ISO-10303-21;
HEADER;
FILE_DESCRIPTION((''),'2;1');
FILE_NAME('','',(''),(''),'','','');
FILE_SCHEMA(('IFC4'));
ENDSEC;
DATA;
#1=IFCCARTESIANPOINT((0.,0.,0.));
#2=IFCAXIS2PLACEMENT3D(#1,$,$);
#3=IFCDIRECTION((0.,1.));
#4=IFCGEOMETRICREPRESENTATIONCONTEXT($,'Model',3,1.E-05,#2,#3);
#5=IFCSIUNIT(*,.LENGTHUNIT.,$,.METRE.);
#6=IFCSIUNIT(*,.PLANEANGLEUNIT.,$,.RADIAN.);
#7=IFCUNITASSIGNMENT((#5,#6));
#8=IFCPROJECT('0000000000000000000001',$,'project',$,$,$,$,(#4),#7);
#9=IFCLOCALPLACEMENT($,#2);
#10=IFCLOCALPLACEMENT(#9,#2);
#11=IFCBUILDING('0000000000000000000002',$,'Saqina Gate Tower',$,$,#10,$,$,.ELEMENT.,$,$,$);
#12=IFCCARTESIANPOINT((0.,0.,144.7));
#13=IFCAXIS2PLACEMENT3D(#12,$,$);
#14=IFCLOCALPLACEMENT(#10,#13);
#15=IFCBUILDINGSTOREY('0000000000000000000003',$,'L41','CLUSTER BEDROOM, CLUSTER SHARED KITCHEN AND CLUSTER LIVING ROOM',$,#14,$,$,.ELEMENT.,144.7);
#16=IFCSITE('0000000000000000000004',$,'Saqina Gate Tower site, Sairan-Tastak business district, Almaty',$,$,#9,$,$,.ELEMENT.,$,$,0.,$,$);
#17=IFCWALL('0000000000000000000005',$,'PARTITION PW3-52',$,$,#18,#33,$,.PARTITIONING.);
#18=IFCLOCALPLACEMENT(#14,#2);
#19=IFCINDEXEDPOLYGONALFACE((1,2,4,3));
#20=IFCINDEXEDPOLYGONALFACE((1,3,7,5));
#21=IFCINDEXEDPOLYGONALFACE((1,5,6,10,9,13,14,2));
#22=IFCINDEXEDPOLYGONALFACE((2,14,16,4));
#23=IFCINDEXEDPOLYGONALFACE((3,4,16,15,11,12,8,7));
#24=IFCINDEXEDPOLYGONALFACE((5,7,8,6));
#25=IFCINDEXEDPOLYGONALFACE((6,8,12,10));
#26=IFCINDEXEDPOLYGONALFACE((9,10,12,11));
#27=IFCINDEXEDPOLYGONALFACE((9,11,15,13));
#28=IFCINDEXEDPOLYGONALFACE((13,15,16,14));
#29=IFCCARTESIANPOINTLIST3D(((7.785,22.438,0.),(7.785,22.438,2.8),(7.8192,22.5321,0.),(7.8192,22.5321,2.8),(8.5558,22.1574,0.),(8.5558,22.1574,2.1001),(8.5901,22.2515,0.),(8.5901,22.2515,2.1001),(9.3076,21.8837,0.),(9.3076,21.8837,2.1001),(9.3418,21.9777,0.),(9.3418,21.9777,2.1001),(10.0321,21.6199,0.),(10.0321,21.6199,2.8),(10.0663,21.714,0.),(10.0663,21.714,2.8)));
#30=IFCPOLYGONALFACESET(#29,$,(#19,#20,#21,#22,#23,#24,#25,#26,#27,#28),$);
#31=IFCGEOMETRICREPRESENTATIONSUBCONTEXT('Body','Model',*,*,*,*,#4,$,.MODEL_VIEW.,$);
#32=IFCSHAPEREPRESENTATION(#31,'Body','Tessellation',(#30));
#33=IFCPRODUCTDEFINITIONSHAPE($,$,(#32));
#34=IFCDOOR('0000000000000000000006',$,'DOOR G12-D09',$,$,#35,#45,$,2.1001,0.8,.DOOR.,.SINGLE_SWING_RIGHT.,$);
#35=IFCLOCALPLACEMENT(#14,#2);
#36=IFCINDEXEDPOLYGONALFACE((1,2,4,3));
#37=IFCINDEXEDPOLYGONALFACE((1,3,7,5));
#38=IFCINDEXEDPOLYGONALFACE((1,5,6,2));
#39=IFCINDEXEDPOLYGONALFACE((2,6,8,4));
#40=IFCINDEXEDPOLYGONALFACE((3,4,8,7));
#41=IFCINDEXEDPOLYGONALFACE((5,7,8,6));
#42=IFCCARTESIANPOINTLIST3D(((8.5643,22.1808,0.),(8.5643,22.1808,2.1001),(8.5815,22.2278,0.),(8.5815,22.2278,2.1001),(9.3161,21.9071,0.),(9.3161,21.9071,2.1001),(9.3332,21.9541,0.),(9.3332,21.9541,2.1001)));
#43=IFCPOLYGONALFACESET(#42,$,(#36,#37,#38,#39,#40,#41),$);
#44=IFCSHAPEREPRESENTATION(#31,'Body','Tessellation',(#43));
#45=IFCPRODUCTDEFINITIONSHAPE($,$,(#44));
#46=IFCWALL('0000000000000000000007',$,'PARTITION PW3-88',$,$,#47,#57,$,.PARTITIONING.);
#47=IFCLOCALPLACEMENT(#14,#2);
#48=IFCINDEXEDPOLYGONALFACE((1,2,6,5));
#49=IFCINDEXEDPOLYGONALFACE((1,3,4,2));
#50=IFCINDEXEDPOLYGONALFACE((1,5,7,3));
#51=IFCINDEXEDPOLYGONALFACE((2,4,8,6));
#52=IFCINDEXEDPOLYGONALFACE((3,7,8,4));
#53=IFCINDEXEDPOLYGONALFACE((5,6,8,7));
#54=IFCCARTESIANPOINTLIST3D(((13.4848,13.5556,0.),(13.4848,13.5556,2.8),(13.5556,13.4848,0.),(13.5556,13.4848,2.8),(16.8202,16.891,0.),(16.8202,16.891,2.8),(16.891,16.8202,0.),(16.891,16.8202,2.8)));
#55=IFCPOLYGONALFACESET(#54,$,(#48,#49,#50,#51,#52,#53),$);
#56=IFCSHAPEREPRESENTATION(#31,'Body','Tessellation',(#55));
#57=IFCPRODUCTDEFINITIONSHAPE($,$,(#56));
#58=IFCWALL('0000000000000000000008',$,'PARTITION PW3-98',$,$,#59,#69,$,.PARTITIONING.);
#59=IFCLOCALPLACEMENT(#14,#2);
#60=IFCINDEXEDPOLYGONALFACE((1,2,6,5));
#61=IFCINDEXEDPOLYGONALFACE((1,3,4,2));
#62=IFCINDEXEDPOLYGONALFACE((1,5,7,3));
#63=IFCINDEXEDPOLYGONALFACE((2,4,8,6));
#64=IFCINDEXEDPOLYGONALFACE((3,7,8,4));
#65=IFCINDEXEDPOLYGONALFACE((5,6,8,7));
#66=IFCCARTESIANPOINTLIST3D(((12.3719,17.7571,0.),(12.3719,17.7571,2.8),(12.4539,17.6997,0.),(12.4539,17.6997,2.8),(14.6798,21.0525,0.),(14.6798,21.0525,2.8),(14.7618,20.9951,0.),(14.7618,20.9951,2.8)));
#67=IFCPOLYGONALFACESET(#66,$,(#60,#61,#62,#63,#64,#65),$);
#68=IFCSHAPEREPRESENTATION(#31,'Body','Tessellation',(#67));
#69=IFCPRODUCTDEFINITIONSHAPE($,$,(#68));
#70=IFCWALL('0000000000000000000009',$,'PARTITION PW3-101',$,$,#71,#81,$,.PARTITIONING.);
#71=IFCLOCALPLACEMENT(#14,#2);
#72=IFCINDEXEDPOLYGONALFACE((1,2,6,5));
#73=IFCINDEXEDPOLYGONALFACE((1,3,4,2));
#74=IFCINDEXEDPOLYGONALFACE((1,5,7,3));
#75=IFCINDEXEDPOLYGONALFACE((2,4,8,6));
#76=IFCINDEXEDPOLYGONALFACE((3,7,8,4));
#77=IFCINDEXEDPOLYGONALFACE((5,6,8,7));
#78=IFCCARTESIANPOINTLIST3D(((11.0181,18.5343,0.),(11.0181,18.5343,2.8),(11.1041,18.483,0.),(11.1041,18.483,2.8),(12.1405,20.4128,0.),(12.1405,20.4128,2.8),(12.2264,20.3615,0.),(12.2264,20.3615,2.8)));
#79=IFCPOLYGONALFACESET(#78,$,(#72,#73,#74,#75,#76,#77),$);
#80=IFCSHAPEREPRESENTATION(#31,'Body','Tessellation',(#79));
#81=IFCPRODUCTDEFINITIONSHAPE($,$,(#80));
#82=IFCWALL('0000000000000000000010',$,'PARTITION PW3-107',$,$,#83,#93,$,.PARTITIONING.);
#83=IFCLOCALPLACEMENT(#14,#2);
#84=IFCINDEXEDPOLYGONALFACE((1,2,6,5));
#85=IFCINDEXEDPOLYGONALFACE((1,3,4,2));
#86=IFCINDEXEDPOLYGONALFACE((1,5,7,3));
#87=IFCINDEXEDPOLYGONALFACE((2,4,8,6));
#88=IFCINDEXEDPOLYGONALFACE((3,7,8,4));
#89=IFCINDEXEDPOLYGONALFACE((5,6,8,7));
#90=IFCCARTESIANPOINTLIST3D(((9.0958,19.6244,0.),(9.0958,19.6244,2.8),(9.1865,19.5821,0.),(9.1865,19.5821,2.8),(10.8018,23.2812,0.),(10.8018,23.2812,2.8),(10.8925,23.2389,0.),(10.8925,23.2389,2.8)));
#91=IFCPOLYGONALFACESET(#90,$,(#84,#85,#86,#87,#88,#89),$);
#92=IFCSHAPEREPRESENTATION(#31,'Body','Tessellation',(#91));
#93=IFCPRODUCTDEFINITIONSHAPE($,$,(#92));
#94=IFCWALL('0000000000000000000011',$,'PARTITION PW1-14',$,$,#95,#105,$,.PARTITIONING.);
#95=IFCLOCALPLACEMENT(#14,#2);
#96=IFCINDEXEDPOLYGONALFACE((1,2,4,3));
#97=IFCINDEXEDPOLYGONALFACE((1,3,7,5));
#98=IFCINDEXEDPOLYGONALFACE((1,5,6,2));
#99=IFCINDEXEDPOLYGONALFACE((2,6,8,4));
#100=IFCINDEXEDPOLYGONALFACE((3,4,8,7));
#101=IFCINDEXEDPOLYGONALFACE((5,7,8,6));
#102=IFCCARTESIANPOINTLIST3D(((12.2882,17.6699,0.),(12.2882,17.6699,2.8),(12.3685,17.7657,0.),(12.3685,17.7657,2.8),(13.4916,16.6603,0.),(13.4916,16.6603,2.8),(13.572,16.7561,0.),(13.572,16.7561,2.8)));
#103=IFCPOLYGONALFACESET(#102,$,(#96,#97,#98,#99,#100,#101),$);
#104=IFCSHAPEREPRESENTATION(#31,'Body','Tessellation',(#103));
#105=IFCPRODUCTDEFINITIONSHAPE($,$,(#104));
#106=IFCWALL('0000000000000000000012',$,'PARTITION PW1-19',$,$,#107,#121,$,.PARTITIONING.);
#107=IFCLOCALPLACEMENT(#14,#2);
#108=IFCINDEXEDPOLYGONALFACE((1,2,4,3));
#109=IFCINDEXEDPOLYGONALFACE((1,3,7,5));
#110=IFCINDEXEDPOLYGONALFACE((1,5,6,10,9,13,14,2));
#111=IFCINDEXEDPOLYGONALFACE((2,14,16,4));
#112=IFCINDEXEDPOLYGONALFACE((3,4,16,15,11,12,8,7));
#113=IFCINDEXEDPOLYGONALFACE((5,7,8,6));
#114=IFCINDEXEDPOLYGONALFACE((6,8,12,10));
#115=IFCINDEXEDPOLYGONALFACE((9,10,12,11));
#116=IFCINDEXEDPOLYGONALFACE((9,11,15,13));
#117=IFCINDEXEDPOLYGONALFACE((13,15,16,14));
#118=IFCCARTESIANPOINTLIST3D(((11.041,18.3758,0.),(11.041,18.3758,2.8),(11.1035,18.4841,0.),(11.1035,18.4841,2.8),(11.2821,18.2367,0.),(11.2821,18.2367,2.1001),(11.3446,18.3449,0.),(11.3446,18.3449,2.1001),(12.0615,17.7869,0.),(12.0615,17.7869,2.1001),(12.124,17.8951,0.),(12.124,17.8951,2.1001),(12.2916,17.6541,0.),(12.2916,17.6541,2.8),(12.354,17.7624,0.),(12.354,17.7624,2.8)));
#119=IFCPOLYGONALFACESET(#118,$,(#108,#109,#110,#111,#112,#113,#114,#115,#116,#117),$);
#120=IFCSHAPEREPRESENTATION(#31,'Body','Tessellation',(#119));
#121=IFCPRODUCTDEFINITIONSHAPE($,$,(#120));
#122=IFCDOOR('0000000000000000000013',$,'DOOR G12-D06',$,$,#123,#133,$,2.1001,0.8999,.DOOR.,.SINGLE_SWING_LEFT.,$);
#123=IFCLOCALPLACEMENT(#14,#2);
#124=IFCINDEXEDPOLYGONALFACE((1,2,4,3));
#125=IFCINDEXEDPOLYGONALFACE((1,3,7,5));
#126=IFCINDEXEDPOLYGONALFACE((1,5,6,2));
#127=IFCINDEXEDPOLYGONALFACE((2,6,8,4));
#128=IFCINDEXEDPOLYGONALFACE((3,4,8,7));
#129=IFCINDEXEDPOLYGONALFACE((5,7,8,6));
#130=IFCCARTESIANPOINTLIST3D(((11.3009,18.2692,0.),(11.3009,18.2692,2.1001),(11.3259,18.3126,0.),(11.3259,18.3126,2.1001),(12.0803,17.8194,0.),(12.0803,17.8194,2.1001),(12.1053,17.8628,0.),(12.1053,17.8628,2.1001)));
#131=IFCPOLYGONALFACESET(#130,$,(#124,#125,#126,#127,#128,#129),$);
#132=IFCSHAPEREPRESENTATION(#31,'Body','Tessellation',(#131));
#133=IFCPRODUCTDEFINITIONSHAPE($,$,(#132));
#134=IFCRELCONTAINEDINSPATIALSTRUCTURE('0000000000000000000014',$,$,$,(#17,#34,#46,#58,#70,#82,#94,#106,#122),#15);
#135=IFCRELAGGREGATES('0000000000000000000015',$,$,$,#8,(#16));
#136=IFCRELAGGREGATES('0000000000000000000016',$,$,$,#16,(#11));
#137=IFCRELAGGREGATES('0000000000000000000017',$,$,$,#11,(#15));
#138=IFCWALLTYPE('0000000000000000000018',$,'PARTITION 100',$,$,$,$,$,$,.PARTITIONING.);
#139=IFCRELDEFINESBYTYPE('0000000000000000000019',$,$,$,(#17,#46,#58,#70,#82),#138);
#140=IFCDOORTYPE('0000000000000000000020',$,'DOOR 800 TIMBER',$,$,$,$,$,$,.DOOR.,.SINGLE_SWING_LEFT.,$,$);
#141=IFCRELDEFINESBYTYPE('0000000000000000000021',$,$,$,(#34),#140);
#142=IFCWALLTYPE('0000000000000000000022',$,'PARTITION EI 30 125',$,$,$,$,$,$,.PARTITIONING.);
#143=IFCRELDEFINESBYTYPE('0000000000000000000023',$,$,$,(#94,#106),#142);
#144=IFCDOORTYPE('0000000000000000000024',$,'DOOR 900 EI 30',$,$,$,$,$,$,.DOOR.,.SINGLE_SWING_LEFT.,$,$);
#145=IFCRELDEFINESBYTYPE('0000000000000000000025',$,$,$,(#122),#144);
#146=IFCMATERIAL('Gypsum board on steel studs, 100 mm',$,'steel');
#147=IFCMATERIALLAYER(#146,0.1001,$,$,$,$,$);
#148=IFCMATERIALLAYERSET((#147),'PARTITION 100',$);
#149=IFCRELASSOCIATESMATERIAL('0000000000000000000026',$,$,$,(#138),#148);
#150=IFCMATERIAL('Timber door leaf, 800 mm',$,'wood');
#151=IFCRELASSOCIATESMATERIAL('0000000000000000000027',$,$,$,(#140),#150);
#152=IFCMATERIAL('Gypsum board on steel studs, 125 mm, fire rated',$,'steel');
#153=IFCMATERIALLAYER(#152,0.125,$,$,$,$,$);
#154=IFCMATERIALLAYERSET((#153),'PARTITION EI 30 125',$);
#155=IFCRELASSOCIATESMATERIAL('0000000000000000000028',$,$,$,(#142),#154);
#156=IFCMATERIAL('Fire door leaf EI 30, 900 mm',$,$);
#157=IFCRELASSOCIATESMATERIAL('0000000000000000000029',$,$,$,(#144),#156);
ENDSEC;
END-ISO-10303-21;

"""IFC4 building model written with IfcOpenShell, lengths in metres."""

from ifc_helpers import new_model, si_unit, direction, frame, frame_2d, origin, place, context, subcontext, project, spatial, rectangle, extrude, material, layer, layer_set, type_object, element, fill, save


model = new_model("IFC4")

# Units and contexts
model_context = context("Model", 3, precision=1e-05, world=origin(), true_north=direction((0.0, 1.0)))
body_context = subcontext(model_context, "Body", "Model", "MODEL_VIEW")
ifc_project = project(units=[si_unit("LENGTHUNIT", "METRE"), si_unit("PLANEANGLEUNIT", "RADIAN")], contexts=[model_context])

# Site, building, storey
site_placement = place(None, origin())
site = spatial("IfcSite", under=ifc_project, at=site_placement, Name="Saqina Gate Tower site, Sairan-Tastak business district, Almaty", CompositionType="ELEMENT", RefElevation=0.0)
building_placement = place(site_placement, origin())
building = spatial("IfcBuilding", under=site, at=building_placement, Name="Saqina Gate Tower", CompositionType="ELEMENT")
storey_placement = place(building_placement, frame((0.0, 0.0, 144.7)))
storey = spatial("IfcBuildingStorey", under=building, at=storey_placement, Name="L41", Description="CLUSTER BEDROOM, CLUSTER SHARED KITCHEN AND CLUSTER LIVING ROOM", CompositionType="ELEMENT", Elevation=144.7)

# Shared definitions
ifc_material_1 = material(Name="Gypsum board on steel studs, 100 mm", Category="steel")
ifc_layer_1 = layer(ifc_material_1, 0.1001)
ifc_layer_set_1 = layer_set([ifc_layer_1], Name="PARTITION 100")
wall_type_1 = type_object("IfcWallType", Name="PARTITION 100", PredefinedType="PARTITIONING", material=ifc_layer_set_1)

# Wall, opening, door
ifc_material_2 = material(Name="Timber door leaf, 800 mm", Category="wood")
door_type_1 = type_object("IfcDoorType", Name="DOOR 800 TIMBER", OperationType="SINGLE_SWING_LEFT", PredefinedType="DOOR", material=ifc_material_2)
wall_1_placement = place(storey_placement, frame((7.802, 22.4851, 0.0), z_axis=(0.0, 0.0, 1.0), x_axis=(0.939659, -0.342112, 0.0)))
wall_1 = element("IfcWall", 1, at=wall_1_placement, inside=storey, type_object=wall_type_1, Name="PARTITION PW3-52", PredefinedType="PARTITIONING", context=body_context, shape_type="SweptSolid", body=[
    extrude(rectangle(XDim=2.3914, YDim=0.1001, at=frame_2d((1.1958, 0.0))), origin(), (0.0, 0.0, 1.0), 2.8),
])
opening_1_placement = place(wall_1_placement, frame((0.8206, 0.0, 0.0)))
opening_1 = element("IfcOpeningElement", 2, at=opening_1_placement, cuts=wall_1, PredefinedType="OPENING", context=body_context, shape_type="SweptSolid", body=[
    extrude(rectangle(XDim=0.8, YDim=2.1001, at=frame_2d((0.3999, 1.05))), frame((0.0, 0.062, 0.0), z_axis=(0.0, -1.0, 0.0), x_axis=(1.0, 0.0, 0.0)), (0.0, 0.0, 1.0), 0.124),
])
door_1_placement = place(opening_1_placement, origin())
door_1 = element("IfcDoor", 3, at=door_1_placement, inside=storey, type_object=door_type_1, Name="DOOR G12-D09", OperationType="SINGLE_SWING_RIGHT", OverallHeight=2.1001, OverallWidth=0.8, PredefinedType="DOOR", context=body_context, shape_type="SweptSolid", body=[
    extrude(rectangle(XDim=0.8, YDim=2.1001, at=frame_2d((0.3999, 1.05))), frame((0.0, 0.0249, 0.0), z_axis=(0.0, -1.0, 0.0), x_axis=(1.0, 0.0, 0.0)), (0.0, 0.0, 1.0), 0.05),
])
fill(opening_1, door_1)

# Walls
wall_2_placement = place(storey_placement, frame((13.5203, 13.5203, 0.0), z_axis=(0.0, 0.0, 1.0), x_axis=(0.707107, 0.707107, 0.0)))
element("IfcWall", 4, at=wall_2_placement, inside=storey, type_object=wall_type_1, Name="PARTITION PW3-88", PredefinedType="PARTITIONING", context=body_context, shape_type="SweptSolid", body=[
    extrude(rectangle(XDim=4.717, YDim=0.1001, at=frame_2d((2.3584, 0.0))), origin(), (0.0, 0.0, 1.0), 2.8),
])
wall_3_placement = place(storey_placement, frame((12.4128, 17.7283, 0.0), z_axis=(0.0, 0.0, 1.0), x_axis=(0.573642, 0.819106, 0.0)))
element("IfcWall", 5, at=wall_3_placement, inside=storey, type_object=wall_type_1, Name="PARTITION PW3-98", PredefinedType="PARTITIONING", context=body_context, shape_type="SweptSolid", body=[
    extrude(rectangle(XDim=4.0232, YDim=0.1001, at=frame_2d((2.0117, 0.0))), origin(), (0.0, 0.0, 1.0), 2.8),
])
wall_4_placement = place(storey_placement, frame((11.061, 18.5085, 0.0), z_axis=(0.0, 0.0, 1.0), x_axis=(0.512903, 0.858446, 0.0)))
element("IfcWall", 6, at=wall_4_placement, inside=storey, type_object=wall_type_1, Name="PARTITION PW3-101", PredefinedType="PARTITIONING", context=body_context, shape_type="SweptSolid", body=[
    extrude(rectangle(XDim=2.1882, YDim=0.1001, at=frame_2d((1.0942, 0.0))), origin(), (0.0, 0.0, 1.0), 2.8),
])
wall_5_placement = place(storey_placement, frame((9.1411, 19.6033, 0.0), z_axis=(0.0, 0.0, 1.0), x_axis=(0.422799, 0.906223, 0.0)))
element("IfcWall", 7, at=wall_5_placement, inside=storey, type_object=wall_type_1, Name="PARTITION PW3-107", PredefinedType="PARTITIONING", context=body_context, shape_type="SweptSolid", body=[
    extrude(rectangle(XDim=4.0352, YDim=0.1001, at=frame_2d((2.0176, 0.0))), origin(), (0.0, 0.0, 1.0), 2.8),
])
ifc_material_3 = material(Name="Gypsum board on steel studs, 125 mm, fire rated", Category="steel")
ifc_layer_2 = layer(ifc_material_3, 0.125)
ifc_layer_set_2 = layer_set([ifc_layer_2], Name="PARTITION EI 30 125")
wall_type_2 = type_object("IfcWallType", Name="PARTITION EI 30 125", PredefinedType="PARTITIONING", material=ifc_layer_set_2)
wall_6_placement = place(storey_placement, frame((12.3284, 17.7178, 0.0), z_axis=(0.0, 0.0, 1.0), x_axis=(0.766115, -0.642704, 0.0)))
element("IfcWall", 8, at=wall_6_placement, inside=storey, type_object=wall_type_2, Name="PARTITION PW1-14", PredefinedType="PARTITIONING", context=body_context, shape_type="SweptSolid", body=[
    extrude(rectangle(XDim=1.5708, YDim=0.125, at=frame_2d((0.7854, 0.0))), origin(), (0.0, 0.0, 1.0), 2.8),
])

# Wall, opening, door
wall_7_placement = place(storey_placement, frame((11.0723, 18.4299, 0.0), z_axis=(0.0, 0.0, 1.0), x_axis=(0.866112, -0.499849, 0.0)))
wall_7 = element("IfcWall", 9, at=wall_7_placement, inside=storey, type_object=wall_type_2, Name="PARTITION PW1-19", PredefinedType="PARTITIONING", context=body_context, shape_type="SweptSolid", body=[
    extrude(rectangle(XDim=1.4438, YDim=0.125, at=frame_2d((0.7219, 0.0))), origin(), (0.0, 0.0, 1.0), 2.8),
])
opening_2_placement = place(wall_7_placement, frame((0.2783, 0.0, 0.0)))
opening_2 = element("IfcOpeningElement", 10, at=opening_2_placement, cuts=wall_7, PredefinedType="OPENING", context=body_context, shape_type="SweptSolid", body=[
    extrude(rectangle(XDim=0.8999, YDim=2.1001, at=frame_2d((0.45, 1.05))), frame((0.0, 0.0745, 0.0), z_axis=(0.0, -1.0, 0.0), x_axis=(1.0, 0.0, 0.0)), (0.0, 0.0, 1.0), 0.1489),
])
ifc_material_4 = material(Name="Fire door leaf EI 30, 900 mm")
door_type_2 = type_object("IfcDoorType", Name="DOOR 900 EI 30", OperationType="SINGLE_SWING_LEFT", PredefinedType="DOOR", material=ifc_material_4)
door_2_placement = place(opening_2_placement, frame((0.8999, 0.0, 0.0), z_axis=(0.0, 0.0, 1.0), x_axis=(-1.0, 0.0, 0.0)))
door_2 = element("IfcDoor", 11, at=door_2_placement, inside=storey, type_object=door_type_2, Name="DOOR G12-D06", OperationType="SINGLE_SWING_LEFT", OverallHeight=2.1001, OverallWidth=0.8999, PredefinedType="DOOR", context=body_context, shape_type="SweptSolid", body=[
    extrude(rectangle(XDim=0.8999, YDim=2.1001, at=frame_2d((0.45, 1.05))), frame((0.0, 0.0249, 0.0), z_axis=(0.0, -1.0, 0.0), x_axis=(1.0, 0.0, 0.0)), (0.0, 0.0, 1.0), 0.05),
])
fill(opening_2, door_2)

save(model, "model.ifc")
